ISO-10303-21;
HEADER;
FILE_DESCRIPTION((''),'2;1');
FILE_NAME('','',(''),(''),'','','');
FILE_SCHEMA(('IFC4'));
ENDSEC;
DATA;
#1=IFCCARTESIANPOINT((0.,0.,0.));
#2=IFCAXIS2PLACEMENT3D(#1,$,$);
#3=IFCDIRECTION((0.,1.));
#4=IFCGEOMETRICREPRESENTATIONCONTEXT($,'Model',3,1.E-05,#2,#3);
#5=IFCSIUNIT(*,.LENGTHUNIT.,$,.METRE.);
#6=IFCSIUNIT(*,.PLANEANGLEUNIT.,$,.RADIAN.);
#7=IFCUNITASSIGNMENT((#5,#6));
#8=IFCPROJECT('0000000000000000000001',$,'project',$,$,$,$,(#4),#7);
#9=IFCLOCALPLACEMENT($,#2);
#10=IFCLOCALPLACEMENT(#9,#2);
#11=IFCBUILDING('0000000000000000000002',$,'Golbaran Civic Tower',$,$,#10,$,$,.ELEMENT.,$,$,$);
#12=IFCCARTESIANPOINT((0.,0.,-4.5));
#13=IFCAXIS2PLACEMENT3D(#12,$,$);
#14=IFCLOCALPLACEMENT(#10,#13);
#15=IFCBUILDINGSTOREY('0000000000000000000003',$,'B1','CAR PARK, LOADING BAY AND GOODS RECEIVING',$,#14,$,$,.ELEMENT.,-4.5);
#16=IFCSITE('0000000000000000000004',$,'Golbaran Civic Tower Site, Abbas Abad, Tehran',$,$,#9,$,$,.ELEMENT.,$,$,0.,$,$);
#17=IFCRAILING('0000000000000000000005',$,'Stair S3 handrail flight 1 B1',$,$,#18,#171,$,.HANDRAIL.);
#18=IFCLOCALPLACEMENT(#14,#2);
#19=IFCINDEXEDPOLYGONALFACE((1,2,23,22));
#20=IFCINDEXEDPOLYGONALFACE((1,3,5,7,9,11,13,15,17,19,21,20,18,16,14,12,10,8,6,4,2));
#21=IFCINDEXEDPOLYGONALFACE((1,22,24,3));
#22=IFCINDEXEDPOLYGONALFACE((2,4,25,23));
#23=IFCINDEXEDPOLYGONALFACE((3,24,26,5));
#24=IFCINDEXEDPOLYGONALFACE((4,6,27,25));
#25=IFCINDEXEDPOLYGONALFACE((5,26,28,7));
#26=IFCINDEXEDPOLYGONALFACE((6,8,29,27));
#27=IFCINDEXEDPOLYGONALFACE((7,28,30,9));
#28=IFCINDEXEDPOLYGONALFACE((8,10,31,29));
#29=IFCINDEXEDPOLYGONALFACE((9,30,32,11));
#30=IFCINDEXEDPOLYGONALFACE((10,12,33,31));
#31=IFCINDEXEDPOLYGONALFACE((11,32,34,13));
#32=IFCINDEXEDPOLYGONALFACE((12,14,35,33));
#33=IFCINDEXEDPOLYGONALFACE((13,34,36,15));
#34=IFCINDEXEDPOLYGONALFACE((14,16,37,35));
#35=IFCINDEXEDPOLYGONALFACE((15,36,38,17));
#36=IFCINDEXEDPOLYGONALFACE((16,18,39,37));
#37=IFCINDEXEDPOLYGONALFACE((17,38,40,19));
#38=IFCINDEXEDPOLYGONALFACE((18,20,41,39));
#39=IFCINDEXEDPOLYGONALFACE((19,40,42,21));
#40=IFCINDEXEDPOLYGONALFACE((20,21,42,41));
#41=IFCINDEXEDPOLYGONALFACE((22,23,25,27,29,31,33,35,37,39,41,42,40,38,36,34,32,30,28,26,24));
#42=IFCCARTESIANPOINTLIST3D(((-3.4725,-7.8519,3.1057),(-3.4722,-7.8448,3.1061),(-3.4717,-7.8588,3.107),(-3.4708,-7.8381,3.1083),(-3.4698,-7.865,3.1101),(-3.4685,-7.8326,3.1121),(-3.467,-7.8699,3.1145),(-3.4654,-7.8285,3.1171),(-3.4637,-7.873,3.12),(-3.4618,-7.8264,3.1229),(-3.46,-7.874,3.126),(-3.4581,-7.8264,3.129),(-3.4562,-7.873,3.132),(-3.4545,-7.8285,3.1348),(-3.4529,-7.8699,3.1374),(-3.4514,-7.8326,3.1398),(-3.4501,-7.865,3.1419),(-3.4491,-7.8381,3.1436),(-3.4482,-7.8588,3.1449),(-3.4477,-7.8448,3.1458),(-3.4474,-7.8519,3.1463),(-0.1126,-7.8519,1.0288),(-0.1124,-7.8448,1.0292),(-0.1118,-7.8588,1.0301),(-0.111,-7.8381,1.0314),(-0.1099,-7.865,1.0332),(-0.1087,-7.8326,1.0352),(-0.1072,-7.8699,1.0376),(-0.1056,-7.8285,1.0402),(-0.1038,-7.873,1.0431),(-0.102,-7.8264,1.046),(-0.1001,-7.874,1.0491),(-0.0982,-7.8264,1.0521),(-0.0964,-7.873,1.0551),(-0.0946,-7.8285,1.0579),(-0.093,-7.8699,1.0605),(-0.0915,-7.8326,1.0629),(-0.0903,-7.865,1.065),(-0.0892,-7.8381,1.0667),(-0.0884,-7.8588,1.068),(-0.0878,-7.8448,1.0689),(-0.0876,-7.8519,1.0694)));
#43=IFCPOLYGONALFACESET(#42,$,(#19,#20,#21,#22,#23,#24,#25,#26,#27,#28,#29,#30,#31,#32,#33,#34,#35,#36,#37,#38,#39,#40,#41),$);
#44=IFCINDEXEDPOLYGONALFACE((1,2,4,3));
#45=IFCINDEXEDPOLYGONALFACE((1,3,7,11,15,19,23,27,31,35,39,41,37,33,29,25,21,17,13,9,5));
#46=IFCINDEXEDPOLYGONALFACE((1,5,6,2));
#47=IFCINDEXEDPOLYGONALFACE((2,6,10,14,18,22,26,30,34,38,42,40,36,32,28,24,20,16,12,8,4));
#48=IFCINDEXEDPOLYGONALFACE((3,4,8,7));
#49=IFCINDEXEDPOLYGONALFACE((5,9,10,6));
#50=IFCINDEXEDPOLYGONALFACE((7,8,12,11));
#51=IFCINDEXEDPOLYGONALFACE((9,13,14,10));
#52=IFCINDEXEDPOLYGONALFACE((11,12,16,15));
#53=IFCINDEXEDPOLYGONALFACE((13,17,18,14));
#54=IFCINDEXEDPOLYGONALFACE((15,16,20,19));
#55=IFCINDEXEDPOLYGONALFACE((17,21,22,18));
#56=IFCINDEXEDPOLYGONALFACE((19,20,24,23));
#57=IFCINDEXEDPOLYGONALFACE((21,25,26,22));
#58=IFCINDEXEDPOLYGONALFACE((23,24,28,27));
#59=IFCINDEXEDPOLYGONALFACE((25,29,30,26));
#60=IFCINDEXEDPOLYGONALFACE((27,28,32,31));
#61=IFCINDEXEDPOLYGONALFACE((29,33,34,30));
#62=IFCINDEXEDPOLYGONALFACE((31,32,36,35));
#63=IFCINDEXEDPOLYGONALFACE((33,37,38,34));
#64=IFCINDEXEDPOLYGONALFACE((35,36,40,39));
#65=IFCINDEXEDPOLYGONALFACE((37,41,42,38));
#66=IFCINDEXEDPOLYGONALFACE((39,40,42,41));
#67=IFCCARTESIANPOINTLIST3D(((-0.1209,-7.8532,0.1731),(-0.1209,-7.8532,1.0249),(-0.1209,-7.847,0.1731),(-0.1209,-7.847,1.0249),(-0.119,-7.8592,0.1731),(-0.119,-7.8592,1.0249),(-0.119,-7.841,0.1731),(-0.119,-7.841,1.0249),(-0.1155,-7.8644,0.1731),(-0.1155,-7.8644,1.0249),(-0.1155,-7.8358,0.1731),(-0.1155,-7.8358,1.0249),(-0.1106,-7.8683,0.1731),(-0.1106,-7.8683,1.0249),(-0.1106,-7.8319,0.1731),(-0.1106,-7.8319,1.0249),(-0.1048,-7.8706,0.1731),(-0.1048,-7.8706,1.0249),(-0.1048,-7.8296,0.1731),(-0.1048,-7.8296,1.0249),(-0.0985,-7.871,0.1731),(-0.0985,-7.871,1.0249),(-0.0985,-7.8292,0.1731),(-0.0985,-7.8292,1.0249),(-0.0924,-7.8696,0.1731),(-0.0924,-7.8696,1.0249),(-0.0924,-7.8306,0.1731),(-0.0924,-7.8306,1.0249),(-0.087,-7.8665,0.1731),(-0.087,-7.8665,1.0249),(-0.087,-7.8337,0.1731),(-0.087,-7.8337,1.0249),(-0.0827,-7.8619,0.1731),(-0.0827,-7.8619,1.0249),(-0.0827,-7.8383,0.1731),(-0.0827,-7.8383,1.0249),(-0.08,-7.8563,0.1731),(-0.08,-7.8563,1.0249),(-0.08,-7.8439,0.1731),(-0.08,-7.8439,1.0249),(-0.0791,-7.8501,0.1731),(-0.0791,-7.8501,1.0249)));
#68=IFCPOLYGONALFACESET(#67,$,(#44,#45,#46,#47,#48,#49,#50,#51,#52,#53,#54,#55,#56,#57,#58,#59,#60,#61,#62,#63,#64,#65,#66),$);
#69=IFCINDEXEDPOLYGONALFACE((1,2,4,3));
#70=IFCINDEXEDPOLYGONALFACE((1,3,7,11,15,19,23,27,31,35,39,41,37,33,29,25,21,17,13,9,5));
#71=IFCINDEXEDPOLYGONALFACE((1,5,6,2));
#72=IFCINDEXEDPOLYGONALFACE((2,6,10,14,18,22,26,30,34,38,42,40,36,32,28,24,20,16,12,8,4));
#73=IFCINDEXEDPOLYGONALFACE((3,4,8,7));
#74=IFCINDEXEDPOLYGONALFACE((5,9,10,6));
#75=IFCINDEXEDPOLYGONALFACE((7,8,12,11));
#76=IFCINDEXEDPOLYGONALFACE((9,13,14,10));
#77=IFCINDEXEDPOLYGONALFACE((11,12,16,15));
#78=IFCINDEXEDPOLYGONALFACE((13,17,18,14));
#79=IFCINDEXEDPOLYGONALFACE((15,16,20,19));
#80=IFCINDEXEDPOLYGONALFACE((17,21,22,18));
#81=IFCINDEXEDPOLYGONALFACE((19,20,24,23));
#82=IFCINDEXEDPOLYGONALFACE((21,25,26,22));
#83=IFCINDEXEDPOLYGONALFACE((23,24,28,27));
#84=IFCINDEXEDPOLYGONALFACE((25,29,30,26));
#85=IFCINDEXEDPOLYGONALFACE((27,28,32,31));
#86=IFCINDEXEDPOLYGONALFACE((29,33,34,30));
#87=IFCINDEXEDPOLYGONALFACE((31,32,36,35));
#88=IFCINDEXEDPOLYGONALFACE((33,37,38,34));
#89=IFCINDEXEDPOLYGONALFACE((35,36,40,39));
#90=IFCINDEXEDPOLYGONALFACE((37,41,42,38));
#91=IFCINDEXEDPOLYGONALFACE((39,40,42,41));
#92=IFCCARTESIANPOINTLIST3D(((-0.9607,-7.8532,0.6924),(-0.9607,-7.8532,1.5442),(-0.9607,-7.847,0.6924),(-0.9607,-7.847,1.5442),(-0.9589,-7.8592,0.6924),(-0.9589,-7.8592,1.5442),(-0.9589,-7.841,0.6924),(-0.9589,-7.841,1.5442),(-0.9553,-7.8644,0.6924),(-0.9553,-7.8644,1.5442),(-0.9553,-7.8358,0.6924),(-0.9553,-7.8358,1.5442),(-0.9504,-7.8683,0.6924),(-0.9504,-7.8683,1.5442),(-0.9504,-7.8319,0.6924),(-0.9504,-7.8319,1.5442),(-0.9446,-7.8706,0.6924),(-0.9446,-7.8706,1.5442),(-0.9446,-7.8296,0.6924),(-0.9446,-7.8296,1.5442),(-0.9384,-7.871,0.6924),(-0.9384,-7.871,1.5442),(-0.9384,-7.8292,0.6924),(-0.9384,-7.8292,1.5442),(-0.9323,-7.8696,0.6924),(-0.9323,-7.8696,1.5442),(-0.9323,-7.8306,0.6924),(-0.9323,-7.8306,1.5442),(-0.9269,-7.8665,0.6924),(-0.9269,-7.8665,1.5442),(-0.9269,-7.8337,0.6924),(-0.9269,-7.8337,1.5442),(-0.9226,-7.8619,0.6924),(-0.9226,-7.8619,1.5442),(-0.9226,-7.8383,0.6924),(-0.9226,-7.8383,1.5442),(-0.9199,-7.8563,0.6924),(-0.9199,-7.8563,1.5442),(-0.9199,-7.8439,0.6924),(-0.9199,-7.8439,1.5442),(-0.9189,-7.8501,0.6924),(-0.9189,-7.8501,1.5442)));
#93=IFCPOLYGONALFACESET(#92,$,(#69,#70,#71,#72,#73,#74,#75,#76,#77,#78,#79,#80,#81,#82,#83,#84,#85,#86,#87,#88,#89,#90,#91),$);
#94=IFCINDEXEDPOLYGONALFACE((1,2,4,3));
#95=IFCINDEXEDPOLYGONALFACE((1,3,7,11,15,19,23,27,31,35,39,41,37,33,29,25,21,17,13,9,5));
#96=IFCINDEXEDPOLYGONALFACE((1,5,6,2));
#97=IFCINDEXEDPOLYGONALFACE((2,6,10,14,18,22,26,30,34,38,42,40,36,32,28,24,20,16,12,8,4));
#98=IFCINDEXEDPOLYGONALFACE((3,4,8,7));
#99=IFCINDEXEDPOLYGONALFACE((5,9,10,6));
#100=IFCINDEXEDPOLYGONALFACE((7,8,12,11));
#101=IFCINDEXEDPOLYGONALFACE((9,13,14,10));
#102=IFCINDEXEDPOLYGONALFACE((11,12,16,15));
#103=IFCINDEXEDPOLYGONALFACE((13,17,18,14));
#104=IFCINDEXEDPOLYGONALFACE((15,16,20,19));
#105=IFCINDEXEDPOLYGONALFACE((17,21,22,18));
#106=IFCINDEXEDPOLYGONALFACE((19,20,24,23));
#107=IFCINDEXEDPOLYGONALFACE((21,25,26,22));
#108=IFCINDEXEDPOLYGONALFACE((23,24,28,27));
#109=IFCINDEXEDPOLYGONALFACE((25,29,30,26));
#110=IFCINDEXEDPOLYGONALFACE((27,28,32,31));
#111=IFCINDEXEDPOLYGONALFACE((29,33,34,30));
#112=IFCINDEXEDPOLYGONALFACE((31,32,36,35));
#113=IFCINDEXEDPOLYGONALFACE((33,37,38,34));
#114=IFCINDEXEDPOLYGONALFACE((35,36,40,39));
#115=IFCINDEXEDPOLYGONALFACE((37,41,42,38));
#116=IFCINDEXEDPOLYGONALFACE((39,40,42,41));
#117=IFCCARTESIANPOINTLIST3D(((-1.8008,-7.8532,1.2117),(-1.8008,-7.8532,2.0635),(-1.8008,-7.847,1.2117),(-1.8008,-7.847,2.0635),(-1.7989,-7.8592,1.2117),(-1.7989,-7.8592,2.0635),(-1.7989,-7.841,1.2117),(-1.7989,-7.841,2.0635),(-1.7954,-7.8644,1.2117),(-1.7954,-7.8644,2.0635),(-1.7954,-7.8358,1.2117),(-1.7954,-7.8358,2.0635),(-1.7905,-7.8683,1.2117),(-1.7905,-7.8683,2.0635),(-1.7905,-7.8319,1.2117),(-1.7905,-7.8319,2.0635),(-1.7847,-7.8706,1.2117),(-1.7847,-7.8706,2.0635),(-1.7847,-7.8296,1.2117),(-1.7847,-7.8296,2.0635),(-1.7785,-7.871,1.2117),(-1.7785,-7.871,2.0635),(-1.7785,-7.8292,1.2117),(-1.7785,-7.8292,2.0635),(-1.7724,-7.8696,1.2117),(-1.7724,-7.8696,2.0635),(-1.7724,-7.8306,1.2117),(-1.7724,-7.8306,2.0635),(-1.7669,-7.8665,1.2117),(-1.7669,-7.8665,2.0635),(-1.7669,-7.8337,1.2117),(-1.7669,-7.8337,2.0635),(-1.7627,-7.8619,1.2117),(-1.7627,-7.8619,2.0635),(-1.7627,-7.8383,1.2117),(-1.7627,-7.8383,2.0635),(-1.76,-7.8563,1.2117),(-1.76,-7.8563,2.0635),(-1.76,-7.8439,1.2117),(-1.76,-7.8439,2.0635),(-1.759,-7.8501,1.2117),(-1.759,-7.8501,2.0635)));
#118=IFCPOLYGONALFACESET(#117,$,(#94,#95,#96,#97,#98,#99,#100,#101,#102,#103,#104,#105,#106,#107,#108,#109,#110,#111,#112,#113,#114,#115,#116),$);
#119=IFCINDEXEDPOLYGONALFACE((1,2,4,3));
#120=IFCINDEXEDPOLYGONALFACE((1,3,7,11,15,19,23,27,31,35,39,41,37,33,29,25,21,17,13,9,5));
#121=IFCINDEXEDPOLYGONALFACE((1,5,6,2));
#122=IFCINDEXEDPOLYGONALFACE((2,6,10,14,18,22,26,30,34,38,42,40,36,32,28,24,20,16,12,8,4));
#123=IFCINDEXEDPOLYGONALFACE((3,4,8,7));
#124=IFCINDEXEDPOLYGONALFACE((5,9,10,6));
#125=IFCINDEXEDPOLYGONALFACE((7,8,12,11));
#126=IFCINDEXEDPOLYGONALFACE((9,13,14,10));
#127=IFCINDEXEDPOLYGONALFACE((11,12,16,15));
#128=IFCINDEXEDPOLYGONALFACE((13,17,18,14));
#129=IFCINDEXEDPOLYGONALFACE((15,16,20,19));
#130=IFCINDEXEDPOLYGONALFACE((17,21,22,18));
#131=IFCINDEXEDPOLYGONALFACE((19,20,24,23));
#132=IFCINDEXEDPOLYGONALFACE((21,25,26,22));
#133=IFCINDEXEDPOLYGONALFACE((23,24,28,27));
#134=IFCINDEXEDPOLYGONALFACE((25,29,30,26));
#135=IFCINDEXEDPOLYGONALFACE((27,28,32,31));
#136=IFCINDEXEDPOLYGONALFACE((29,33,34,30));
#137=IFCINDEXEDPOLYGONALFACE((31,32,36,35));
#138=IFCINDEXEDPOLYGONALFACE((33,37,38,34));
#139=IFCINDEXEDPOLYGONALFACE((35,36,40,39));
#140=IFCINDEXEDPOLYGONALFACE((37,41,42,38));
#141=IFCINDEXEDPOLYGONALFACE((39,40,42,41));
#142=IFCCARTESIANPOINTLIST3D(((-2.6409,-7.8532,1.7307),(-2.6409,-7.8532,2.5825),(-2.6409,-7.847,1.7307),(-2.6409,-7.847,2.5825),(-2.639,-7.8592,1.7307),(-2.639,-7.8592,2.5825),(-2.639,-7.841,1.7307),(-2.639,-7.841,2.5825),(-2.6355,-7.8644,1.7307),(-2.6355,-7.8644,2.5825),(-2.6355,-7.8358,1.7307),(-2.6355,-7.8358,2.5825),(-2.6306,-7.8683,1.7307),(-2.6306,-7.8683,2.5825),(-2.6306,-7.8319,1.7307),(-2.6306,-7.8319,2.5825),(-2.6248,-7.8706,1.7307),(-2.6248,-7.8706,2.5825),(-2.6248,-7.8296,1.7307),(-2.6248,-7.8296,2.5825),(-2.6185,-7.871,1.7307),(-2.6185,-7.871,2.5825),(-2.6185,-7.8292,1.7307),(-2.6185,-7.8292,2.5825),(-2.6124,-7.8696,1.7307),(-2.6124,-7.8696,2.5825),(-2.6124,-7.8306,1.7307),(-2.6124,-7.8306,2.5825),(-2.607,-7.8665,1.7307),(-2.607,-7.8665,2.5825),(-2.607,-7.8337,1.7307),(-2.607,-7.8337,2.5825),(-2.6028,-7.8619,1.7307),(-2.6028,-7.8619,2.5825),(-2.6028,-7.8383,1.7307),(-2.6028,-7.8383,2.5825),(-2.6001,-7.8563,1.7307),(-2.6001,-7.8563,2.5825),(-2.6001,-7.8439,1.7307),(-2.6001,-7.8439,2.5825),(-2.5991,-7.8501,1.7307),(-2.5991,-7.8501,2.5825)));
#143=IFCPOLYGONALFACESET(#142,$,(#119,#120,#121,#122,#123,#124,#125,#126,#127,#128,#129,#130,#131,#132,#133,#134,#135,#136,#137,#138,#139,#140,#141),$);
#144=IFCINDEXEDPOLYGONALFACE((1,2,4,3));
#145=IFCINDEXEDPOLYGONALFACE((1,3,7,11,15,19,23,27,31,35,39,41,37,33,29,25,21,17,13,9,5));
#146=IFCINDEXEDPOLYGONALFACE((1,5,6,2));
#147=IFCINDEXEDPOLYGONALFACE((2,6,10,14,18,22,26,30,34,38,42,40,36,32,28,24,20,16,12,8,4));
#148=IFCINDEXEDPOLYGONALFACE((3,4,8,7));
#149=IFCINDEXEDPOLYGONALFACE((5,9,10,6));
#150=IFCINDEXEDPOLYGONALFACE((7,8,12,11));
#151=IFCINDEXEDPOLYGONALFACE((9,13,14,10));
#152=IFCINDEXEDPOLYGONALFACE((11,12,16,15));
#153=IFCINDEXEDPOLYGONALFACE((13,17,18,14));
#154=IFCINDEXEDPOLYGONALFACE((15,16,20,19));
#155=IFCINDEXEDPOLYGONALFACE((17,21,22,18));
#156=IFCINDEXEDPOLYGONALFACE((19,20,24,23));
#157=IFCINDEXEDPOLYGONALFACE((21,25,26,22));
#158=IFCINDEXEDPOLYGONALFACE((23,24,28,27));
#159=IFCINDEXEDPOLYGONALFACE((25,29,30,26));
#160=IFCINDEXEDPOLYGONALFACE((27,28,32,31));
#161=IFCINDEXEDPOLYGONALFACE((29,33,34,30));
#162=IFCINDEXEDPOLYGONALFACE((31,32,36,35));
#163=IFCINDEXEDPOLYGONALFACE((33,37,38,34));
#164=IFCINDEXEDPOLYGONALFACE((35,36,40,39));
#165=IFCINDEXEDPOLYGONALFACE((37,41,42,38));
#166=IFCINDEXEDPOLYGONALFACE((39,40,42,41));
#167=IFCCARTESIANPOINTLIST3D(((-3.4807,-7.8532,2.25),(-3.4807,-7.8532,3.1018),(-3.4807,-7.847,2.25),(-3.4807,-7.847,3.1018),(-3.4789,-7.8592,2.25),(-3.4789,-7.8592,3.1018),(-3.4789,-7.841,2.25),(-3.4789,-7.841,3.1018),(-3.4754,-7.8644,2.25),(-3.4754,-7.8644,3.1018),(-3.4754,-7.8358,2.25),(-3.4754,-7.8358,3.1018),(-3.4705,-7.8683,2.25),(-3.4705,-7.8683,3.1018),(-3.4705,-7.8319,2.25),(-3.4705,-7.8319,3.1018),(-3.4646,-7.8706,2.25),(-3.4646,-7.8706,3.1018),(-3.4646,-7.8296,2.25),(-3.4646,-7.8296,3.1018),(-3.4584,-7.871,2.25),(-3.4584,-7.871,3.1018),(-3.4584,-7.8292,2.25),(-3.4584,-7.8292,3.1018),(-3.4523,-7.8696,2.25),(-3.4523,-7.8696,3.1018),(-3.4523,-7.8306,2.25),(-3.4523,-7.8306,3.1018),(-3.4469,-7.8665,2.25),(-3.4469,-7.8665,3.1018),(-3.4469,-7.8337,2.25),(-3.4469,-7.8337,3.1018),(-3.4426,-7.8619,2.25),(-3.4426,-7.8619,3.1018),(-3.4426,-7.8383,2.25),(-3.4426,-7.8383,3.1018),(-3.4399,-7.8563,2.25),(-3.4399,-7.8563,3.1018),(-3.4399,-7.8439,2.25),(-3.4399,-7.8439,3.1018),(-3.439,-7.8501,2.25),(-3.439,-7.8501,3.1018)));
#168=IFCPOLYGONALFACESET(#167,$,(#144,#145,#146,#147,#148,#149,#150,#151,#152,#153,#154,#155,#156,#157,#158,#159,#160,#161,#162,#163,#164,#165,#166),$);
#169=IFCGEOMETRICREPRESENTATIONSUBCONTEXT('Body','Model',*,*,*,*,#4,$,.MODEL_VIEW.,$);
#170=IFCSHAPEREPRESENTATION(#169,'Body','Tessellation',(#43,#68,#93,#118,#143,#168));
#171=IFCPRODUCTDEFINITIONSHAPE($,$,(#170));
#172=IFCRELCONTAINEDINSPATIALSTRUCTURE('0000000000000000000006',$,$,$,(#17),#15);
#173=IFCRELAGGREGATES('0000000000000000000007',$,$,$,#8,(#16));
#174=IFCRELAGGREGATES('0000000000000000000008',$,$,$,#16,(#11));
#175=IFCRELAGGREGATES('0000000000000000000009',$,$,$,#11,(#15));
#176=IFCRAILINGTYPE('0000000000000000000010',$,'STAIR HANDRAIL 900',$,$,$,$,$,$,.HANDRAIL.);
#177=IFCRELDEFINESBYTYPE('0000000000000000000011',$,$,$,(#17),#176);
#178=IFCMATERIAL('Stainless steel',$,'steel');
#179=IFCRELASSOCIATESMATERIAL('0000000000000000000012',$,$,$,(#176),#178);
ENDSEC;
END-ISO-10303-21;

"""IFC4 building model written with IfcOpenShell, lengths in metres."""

from ifc_helpers import new_model, si_unit, direction, frame, origin, origin_2d, place, context, subcontext, project, spatial, circle, extrude, material, type_object, element, save


model = new_model("IFC4")

# Units and contexts
model_context = context("Model", 3, precision=1e-05, world=origin(), true_north=direction((0.0, 1.0)))
body_context = subcontext(model_context, "Body", "Model", "MODEL_VIEW")
ifc_project = project(units=[si_unit("LENGTHUNIT", "METRE"), si_unit("PLANEANGLEUNIT", "RADIAN")], contexts=[model_context])

# Site, building, storey
site_placement = place(None, origin())
site = spatial("IfcSite", under=ifc_project, at=site_placement, Name="Golbaran Civic Tower Site, Abbas Abad, Tehran", CompositionType="ELEMENT", RefElevation=0.0)
building_placement = place(site_placement, origin())
building = spatial("IfcBuilding", under=site, at=building_placement, Name="Golbaran Civic Tower", CompositionType="ELEMENT")
storey_placement = place(building_placement, frame((0.0, 0.0, -4.5)))
storey = spatial("IfcBuildingStorey", under=building, at=storey_placement, Name="B1", Description="CAR PARK, LOADING BAY AND GOODS RECEIVING", CompositionType="ELEMENT", Elevation=-4.5)

# Railing
ifc_material_1 = material(Name="Stainless steel", Category="steel")
railing_type = type_object("IfcRailingType", Name="STAIR HANDRAIL 900", PredefinedType="HANDRAIL", material=ifc_material_1)
railing_placement = place(storey_placement, frame((-0.1001, -7.8501, 0.1731)))
element("IfcRailing", 1, at=railing_placement, inside=storey, type_object=railing_type, Name="Stair S3 handrail flight 1 B1", PredefinedType="HANDRAIL", context=body_context, shape_type="SweptSolid", body=[
    extrude(circle(Radius=0.0239, at=origin_2d()), frame((0.0, 0.0, 0.876), z_axis=(-0.850606, 0.0, 0.525803), x_axis=(0.0, -1.0, 0.0)), (0.0, 0.0, 1.0), 3.95),
    extrude(circle(Radius=0.021, at=origin_2d()), origin(), (0.0, 0.0, 1.0), 0.8518),
    extrude(circle(Radius=0.021, at=origin_2d()), frame((-0.8398, 0.0, 0.5193)), (0.0, 0.0, 1.0), 0.8518),
    extrude(circle(Radius=0.021, at=origin_2d()), frame((-1.6799, 0.0, 1.0386)), (0.0, 0.0, 1.0), 0.8518),
    extrude(circle(Radius=0.021, at=origin_2d()), frame((-2.52, 0.0, 1.5576)), (0.0, 0.0, 1.0), 0.8518),
    extrude(circle(Radius=0.021, at=origin_2d()), frame((-3.3599, 0.0, 2.0769)), (0.0, 0.0, 1.0), 0.8518),
])

save(model, "model.ifc")
